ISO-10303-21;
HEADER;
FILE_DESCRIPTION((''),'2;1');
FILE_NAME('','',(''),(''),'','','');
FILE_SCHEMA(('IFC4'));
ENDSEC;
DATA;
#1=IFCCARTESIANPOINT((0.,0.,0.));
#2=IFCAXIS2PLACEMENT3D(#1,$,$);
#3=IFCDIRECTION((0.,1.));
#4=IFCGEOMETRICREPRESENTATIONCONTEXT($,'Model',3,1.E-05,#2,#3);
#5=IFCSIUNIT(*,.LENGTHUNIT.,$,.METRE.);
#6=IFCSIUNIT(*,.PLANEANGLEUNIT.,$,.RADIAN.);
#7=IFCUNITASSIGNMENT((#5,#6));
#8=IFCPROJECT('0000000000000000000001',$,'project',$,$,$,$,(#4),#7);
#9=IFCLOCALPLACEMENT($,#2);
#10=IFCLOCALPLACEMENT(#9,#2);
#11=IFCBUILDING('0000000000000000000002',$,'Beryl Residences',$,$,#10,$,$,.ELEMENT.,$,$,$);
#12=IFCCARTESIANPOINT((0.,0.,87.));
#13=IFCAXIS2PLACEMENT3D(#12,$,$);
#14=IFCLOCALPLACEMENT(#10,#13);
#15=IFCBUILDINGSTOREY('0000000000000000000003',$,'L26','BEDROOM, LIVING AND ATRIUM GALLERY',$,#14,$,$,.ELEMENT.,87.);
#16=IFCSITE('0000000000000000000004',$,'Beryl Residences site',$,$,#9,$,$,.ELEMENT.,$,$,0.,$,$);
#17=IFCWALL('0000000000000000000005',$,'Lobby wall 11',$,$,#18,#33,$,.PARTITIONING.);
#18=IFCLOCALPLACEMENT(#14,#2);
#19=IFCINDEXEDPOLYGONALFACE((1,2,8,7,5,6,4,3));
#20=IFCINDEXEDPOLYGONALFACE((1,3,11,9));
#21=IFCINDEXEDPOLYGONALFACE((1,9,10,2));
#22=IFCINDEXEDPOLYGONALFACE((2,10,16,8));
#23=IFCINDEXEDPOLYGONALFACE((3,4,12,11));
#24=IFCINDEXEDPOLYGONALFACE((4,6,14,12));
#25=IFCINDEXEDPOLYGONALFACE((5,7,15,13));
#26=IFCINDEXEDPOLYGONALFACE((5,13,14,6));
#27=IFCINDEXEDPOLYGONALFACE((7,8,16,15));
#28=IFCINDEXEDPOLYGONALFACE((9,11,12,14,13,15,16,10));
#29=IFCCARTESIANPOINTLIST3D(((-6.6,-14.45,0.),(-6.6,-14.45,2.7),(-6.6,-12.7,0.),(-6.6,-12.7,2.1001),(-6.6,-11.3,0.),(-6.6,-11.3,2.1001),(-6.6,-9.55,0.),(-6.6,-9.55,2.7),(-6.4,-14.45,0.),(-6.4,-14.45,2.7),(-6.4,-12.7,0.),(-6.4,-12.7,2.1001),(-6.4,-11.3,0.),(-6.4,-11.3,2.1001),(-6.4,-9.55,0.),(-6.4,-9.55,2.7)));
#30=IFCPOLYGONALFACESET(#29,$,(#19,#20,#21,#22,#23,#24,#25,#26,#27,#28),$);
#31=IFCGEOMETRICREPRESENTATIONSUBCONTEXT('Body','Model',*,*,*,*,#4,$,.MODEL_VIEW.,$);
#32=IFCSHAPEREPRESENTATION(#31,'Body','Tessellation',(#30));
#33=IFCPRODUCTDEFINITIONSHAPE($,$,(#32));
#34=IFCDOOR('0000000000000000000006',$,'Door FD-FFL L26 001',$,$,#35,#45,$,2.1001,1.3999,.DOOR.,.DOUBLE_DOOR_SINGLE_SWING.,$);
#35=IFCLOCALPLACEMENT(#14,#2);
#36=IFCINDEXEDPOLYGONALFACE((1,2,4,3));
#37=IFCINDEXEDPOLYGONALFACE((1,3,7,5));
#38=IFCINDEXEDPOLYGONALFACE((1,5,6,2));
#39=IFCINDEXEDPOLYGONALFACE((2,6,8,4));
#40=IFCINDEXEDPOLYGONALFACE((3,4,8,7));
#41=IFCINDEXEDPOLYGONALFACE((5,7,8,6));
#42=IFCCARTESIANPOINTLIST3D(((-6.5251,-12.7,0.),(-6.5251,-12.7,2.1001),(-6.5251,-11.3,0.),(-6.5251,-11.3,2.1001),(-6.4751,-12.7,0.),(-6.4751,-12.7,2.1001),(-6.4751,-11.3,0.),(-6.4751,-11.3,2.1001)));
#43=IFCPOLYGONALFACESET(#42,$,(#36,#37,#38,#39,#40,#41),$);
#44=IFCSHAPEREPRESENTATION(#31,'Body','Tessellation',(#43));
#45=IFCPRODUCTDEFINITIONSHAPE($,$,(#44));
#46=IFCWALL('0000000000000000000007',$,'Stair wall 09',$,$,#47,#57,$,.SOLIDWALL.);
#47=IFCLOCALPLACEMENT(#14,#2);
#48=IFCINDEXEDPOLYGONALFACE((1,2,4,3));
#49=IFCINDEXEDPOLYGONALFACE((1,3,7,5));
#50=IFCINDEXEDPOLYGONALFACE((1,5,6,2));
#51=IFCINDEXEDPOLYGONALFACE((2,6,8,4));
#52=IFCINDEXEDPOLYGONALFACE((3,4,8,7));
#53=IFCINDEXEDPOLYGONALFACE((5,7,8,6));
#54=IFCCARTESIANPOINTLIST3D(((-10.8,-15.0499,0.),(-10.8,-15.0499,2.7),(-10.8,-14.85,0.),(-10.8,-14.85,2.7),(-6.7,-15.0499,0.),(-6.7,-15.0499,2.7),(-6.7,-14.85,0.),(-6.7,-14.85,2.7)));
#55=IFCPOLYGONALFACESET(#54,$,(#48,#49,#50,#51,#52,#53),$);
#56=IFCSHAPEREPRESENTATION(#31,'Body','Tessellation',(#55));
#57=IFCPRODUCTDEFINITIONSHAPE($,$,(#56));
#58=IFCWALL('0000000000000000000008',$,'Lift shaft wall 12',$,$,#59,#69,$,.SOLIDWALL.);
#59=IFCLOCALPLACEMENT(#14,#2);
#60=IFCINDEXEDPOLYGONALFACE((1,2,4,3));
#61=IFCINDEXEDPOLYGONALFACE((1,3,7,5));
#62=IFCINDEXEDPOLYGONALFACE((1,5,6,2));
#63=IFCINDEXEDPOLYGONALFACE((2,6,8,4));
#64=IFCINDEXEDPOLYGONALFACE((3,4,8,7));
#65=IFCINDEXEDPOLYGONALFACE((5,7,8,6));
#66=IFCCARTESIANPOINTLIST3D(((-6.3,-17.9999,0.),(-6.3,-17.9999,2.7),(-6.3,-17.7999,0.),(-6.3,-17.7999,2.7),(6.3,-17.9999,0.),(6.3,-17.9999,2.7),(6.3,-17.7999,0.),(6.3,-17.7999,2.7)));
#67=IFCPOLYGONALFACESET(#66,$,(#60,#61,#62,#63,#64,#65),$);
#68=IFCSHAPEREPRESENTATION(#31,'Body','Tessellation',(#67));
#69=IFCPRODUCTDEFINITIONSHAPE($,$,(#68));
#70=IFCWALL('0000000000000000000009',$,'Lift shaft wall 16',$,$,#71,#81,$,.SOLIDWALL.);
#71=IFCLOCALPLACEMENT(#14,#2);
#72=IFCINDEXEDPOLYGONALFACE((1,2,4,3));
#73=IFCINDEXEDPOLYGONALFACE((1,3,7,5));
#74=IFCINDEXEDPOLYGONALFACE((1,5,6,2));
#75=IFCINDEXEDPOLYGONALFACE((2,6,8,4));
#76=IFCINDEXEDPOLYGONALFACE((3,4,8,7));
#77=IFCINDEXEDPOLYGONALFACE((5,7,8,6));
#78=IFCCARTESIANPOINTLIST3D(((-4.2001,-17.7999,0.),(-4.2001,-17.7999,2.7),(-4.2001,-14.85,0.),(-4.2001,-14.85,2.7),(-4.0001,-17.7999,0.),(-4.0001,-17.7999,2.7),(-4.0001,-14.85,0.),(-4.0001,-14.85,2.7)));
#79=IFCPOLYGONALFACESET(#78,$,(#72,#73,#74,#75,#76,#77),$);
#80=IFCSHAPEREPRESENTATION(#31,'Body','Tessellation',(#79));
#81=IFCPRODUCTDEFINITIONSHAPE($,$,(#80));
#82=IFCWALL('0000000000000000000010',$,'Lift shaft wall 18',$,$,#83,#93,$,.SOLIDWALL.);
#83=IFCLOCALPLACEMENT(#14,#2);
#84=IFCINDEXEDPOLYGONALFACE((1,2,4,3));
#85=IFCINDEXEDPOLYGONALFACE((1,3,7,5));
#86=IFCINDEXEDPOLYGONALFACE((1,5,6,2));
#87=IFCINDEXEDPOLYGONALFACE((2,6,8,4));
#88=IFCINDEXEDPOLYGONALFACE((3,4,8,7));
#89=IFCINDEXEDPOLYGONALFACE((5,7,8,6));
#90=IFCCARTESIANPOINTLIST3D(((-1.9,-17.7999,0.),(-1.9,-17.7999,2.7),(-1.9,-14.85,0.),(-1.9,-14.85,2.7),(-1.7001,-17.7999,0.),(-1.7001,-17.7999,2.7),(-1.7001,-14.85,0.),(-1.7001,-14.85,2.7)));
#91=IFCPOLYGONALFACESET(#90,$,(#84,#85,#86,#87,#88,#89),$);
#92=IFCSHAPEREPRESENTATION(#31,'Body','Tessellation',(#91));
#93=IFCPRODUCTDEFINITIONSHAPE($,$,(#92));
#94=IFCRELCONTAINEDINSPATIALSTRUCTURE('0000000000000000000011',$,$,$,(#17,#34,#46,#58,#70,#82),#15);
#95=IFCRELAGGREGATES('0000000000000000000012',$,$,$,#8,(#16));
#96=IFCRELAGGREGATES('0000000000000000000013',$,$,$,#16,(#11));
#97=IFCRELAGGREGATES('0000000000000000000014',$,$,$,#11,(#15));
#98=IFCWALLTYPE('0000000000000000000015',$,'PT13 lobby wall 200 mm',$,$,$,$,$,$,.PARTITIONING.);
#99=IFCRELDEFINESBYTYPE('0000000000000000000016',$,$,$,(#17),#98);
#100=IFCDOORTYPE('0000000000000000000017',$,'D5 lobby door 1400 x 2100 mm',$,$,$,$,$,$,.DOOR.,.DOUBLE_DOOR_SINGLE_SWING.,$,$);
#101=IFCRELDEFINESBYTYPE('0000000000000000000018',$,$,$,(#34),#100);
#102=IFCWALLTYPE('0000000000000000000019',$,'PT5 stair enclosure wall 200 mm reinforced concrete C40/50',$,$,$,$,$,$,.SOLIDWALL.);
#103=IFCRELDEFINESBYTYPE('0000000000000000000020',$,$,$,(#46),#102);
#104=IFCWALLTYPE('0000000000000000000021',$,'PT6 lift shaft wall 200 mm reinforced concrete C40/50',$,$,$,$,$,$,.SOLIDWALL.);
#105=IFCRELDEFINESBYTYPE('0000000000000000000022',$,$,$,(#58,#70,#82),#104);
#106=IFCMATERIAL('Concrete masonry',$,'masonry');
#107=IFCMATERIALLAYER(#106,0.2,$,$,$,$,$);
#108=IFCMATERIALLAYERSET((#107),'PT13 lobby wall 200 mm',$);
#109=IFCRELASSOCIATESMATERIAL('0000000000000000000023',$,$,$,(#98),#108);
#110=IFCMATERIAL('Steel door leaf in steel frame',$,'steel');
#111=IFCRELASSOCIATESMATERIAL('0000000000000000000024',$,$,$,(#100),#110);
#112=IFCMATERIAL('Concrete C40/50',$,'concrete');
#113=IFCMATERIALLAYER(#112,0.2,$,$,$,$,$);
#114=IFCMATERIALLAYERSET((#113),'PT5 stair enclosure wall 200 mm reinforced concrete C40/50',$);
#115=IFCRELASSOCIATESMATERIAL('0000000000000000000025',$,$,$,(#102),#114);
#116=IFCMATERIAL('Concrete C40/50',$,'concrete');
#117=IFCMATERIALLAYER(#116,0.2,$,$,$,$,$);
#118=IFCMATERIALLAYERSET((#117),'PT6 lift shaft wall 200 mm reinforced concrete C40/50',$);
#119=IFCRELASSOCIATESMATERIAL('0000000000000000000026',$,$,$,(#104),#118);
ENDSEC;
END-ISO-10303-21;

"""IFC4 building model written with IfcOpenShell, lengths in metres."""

from ifc_helpers import new_model, si_unit, direction, frame, frame_2d, origin, place, context, subcontext, project, spatial, rectangle, extrude, material, layer, layer_set, type_object, element, fill, save


model = new_model("IFC4")

# Units and contexts
model_context = context("Model", 3, precision=1e-05, world=origin(), true_north=direction((0.0, 1.0)))
body_context = subcontext(model_context, "Body", "Model", "MODEL_VIEW")
ifc_project = project(units=[si_unit("LENGTHUNIT", "METRE"), si_unit("PLANEANGLEUNIT", "RADIAN")], contexts=[model_context])

# Site, building, storey
site_placement = place(None, origin())
site = spatial("IfcSite", under=ifc_project, at=site_placement, Name="Beryl Residences site", CompositionType="ELEMENT", RefElevation=0.0)
building_placement = place(site_placement, origin())
building = spatial("IfcBuilding", under=site, at=building_placement, Name="Beryl Residences", CompositionType="ELEMENT")
storey_placement = place(building_placement, frame((0.0, 0.0, 87.0)))
storey = spatial("IfcBuildingStorey", under=building, at=storey_placement, Name="L26", Description="BEDROOM, LIVING AND ATRIUM GALLERY", CompositionType="ELEMENT", Elevation=87.0)

# Wall, opening, door
ifc_material_1 = material(Name="Concrete masonry", Category="masonry")
ifc_layer_1 = layer(ifc_material_1, 0.2)
ifc_layer_set_1 = layer_set([ifc_layer_1], Name="PT13 lobby wall 200 mm")
wall_type_1 = type_object("IfcWallType", Name="PT13 lobby wall 200 mm", PredefinedType="PARTITIONING", material=ifc_layer_set_1)
wall_1_placement = place(storey_placement, frame((-6.5, -14.45, 0.0), z_axis=(0.0, 0.0, 1.0), x_axis=(0.0, 1.0, 0.0)))
wall_1 = element("IfcWall", 1, at=wall_1_placement, inside=storey, type_object=wall_type_1, Name="Lobby wall 11", PredefinedType="PARTITIONING", context=body_context, shape_type="SweptSolid", body=[
    extrude(rectangle(XDim=4.8999, YDim=0.2, at=frame_2d((2.45, 0.0))), origin(), (0.0, 0.0, 1.0), 2.7),
])
opening_1_placement = place(wall_1_placement, frame((3.1499, 0.0, 0.0), z_axis=(0.0, 0.0, 1.0), x_axis=(-1.0, 0.0, 0.0)))
opening_1 = element("IfcOpeningElement", 2, at=opening_1_placement, cuts=wall_1, PredefinedType="OPENING", context=body_context, shape_type="SweptSolid", body=[
    extrude(rectangle(XDim=1.3999, YDim=2.1001, at=frame_2d((0.7, 1.05))), frame((0.0, 0.1099, 0.0), z_axis=(0.0, -1.0, 0.0), x_axis=(1.0, 0.0, 0.0)), (0.0, 0.0, 1.0), 0.22),
])
ifc_material_2 = material(Name="Steel door leaf in steel frame", Category="steel")
door_type_1 = type_object("IfcDoorType", Name="D5 lobby door 1400 x 2100 mm", OperationType="DOUBLE_DOOR_SINGLE_SWING", PredefinedType="DOOR", material=ifc_material_2)
door_1_placement = place(opening_1_placement, origin())
door_1 = element("IfcDoor", 3, at=door_1_placement, inside=storey, type_object=door_type_1, Name="Door FD-FFL L26 001", OperationType="DOUBLE_DOOR_SINGLE_SWING", OverallHeight=2.1001, OverallWidth=1.3999, PredefinedType="DOOR", context=body_context, shape_type="SweptSolid", body=[
    extrude(rectangle(XDim=1.3999, YDim=2.1001, at=frame_2d((0.7, 1.05))), frame((0.0, 0.0249, 0.0), z_axis=(0.0, -1.0, 0.0), x_axis=(1.0, 0.0, 0.0)), (0.0, 0.0, 1.0), 0.05),
])
fill(opening_1, door_1)

# Walls
ifc_material_3 = material(Name="Concrete C40/50", Category="concrete")
ifc_layer_2 = layer(ifc_material_3, 0.2)
ifc_layer_set_2 = layer_set([ifc_layer_2], Name="PT5 stair enclosure wall 200 mm reinforced concrete C40/50")
wall_type_2 = type_object("IfcWallType", Name="PT5 stair enclosure wall 200 mm reinforced concrete C40/50", PredefinedType="SOLIDWALL", material=ifc_layer_set_2)
wall_2_placement = place(storey_placement, frame((-10.8, -14.95, 0.0), z_axis=(0.0, 0.0, 1.0), x_axis=(1.0, 0.0, 0.0)))
element("IfcWall", 4, at=wall_2_placement, inside=storey, type_object=wall_type_2, Name="Stair wall 09", PredefinedType="SOLIDWALL", context=body_context, shape_type="SweptSolid", body=[
    extrude(rectangle(XDim=4.1001, YDim=0.2, at=frame_2d((2.05, 0.0))), origin(), (0.0, 0.0, 1.0), 2.7),
])
ifc_material_4 = material(Name="Concrete C40/50", Category="concrete")
ifc_layer_3 = layer(ifc_material_4, 0.2)
ifc_layer_set_3 = layer_set([ifc_layer_3], Name="PT6 lift shaft wall 200 mm reinforced concrete C40/50")
wall_type_3 = type_object("IfcWallType", Name="PT6 lift shaft wall 200 mm reinforced concrete C40/50", PredefinedType="SOLIDWALL", material=ifc_layer_set_3)
wall_3_placement = place(storey_placement, frame((-6.3, -17.8999, 0.0), z_axis=(0.0, 0.0, 1.0), x_axis=(1.0, 0.0, 0.0)))
element("IfcWall", 5, at=wall_3_placement, inside=storey, type_object=wall_type_3, Name="Lift shaft wall 12", PredefinedType="SOLIDWALL", context=body_context, shape_type="SweptSolid", body=[
    extrude(rectangle(XDim=12.6001, YDim=0.2, at=frame_2d((6.3, 0.0))), origin(), (0.0, 0.0, 1.0), 2.7),
])
for number, where, z_axis, x_axis, name in (
    (6, (-4.1001, -17.8, 0.0), (0.0, 0.0, 1.0), (0.0, 1.0, 0.0), "Lift shaft wall 16"),
    (7, (-1.8, -17.8, 0.0), (0.0, 0.0, 1.0), (0.0, 1.0, 0.0), "Lift shaft wall 18"),
):
    element("IfcWall", number, at=place(storey_placement, frame(where, z_axis=z_axis, x_axis=x_axis)), inside=storey, type_object=wall_type_3, Name=name, PredefinedType="SOLIDWALL", context=body_context, shape_type="SweptSolid", body=[
        extrude(rectangle(XDim=2.95, YDim=0.2, at=frame_2d((1.4751, 0.0))), origin(), (0.0, 0.0, 1.0), 2.7),
    ])

save(model, "model.ifc")
